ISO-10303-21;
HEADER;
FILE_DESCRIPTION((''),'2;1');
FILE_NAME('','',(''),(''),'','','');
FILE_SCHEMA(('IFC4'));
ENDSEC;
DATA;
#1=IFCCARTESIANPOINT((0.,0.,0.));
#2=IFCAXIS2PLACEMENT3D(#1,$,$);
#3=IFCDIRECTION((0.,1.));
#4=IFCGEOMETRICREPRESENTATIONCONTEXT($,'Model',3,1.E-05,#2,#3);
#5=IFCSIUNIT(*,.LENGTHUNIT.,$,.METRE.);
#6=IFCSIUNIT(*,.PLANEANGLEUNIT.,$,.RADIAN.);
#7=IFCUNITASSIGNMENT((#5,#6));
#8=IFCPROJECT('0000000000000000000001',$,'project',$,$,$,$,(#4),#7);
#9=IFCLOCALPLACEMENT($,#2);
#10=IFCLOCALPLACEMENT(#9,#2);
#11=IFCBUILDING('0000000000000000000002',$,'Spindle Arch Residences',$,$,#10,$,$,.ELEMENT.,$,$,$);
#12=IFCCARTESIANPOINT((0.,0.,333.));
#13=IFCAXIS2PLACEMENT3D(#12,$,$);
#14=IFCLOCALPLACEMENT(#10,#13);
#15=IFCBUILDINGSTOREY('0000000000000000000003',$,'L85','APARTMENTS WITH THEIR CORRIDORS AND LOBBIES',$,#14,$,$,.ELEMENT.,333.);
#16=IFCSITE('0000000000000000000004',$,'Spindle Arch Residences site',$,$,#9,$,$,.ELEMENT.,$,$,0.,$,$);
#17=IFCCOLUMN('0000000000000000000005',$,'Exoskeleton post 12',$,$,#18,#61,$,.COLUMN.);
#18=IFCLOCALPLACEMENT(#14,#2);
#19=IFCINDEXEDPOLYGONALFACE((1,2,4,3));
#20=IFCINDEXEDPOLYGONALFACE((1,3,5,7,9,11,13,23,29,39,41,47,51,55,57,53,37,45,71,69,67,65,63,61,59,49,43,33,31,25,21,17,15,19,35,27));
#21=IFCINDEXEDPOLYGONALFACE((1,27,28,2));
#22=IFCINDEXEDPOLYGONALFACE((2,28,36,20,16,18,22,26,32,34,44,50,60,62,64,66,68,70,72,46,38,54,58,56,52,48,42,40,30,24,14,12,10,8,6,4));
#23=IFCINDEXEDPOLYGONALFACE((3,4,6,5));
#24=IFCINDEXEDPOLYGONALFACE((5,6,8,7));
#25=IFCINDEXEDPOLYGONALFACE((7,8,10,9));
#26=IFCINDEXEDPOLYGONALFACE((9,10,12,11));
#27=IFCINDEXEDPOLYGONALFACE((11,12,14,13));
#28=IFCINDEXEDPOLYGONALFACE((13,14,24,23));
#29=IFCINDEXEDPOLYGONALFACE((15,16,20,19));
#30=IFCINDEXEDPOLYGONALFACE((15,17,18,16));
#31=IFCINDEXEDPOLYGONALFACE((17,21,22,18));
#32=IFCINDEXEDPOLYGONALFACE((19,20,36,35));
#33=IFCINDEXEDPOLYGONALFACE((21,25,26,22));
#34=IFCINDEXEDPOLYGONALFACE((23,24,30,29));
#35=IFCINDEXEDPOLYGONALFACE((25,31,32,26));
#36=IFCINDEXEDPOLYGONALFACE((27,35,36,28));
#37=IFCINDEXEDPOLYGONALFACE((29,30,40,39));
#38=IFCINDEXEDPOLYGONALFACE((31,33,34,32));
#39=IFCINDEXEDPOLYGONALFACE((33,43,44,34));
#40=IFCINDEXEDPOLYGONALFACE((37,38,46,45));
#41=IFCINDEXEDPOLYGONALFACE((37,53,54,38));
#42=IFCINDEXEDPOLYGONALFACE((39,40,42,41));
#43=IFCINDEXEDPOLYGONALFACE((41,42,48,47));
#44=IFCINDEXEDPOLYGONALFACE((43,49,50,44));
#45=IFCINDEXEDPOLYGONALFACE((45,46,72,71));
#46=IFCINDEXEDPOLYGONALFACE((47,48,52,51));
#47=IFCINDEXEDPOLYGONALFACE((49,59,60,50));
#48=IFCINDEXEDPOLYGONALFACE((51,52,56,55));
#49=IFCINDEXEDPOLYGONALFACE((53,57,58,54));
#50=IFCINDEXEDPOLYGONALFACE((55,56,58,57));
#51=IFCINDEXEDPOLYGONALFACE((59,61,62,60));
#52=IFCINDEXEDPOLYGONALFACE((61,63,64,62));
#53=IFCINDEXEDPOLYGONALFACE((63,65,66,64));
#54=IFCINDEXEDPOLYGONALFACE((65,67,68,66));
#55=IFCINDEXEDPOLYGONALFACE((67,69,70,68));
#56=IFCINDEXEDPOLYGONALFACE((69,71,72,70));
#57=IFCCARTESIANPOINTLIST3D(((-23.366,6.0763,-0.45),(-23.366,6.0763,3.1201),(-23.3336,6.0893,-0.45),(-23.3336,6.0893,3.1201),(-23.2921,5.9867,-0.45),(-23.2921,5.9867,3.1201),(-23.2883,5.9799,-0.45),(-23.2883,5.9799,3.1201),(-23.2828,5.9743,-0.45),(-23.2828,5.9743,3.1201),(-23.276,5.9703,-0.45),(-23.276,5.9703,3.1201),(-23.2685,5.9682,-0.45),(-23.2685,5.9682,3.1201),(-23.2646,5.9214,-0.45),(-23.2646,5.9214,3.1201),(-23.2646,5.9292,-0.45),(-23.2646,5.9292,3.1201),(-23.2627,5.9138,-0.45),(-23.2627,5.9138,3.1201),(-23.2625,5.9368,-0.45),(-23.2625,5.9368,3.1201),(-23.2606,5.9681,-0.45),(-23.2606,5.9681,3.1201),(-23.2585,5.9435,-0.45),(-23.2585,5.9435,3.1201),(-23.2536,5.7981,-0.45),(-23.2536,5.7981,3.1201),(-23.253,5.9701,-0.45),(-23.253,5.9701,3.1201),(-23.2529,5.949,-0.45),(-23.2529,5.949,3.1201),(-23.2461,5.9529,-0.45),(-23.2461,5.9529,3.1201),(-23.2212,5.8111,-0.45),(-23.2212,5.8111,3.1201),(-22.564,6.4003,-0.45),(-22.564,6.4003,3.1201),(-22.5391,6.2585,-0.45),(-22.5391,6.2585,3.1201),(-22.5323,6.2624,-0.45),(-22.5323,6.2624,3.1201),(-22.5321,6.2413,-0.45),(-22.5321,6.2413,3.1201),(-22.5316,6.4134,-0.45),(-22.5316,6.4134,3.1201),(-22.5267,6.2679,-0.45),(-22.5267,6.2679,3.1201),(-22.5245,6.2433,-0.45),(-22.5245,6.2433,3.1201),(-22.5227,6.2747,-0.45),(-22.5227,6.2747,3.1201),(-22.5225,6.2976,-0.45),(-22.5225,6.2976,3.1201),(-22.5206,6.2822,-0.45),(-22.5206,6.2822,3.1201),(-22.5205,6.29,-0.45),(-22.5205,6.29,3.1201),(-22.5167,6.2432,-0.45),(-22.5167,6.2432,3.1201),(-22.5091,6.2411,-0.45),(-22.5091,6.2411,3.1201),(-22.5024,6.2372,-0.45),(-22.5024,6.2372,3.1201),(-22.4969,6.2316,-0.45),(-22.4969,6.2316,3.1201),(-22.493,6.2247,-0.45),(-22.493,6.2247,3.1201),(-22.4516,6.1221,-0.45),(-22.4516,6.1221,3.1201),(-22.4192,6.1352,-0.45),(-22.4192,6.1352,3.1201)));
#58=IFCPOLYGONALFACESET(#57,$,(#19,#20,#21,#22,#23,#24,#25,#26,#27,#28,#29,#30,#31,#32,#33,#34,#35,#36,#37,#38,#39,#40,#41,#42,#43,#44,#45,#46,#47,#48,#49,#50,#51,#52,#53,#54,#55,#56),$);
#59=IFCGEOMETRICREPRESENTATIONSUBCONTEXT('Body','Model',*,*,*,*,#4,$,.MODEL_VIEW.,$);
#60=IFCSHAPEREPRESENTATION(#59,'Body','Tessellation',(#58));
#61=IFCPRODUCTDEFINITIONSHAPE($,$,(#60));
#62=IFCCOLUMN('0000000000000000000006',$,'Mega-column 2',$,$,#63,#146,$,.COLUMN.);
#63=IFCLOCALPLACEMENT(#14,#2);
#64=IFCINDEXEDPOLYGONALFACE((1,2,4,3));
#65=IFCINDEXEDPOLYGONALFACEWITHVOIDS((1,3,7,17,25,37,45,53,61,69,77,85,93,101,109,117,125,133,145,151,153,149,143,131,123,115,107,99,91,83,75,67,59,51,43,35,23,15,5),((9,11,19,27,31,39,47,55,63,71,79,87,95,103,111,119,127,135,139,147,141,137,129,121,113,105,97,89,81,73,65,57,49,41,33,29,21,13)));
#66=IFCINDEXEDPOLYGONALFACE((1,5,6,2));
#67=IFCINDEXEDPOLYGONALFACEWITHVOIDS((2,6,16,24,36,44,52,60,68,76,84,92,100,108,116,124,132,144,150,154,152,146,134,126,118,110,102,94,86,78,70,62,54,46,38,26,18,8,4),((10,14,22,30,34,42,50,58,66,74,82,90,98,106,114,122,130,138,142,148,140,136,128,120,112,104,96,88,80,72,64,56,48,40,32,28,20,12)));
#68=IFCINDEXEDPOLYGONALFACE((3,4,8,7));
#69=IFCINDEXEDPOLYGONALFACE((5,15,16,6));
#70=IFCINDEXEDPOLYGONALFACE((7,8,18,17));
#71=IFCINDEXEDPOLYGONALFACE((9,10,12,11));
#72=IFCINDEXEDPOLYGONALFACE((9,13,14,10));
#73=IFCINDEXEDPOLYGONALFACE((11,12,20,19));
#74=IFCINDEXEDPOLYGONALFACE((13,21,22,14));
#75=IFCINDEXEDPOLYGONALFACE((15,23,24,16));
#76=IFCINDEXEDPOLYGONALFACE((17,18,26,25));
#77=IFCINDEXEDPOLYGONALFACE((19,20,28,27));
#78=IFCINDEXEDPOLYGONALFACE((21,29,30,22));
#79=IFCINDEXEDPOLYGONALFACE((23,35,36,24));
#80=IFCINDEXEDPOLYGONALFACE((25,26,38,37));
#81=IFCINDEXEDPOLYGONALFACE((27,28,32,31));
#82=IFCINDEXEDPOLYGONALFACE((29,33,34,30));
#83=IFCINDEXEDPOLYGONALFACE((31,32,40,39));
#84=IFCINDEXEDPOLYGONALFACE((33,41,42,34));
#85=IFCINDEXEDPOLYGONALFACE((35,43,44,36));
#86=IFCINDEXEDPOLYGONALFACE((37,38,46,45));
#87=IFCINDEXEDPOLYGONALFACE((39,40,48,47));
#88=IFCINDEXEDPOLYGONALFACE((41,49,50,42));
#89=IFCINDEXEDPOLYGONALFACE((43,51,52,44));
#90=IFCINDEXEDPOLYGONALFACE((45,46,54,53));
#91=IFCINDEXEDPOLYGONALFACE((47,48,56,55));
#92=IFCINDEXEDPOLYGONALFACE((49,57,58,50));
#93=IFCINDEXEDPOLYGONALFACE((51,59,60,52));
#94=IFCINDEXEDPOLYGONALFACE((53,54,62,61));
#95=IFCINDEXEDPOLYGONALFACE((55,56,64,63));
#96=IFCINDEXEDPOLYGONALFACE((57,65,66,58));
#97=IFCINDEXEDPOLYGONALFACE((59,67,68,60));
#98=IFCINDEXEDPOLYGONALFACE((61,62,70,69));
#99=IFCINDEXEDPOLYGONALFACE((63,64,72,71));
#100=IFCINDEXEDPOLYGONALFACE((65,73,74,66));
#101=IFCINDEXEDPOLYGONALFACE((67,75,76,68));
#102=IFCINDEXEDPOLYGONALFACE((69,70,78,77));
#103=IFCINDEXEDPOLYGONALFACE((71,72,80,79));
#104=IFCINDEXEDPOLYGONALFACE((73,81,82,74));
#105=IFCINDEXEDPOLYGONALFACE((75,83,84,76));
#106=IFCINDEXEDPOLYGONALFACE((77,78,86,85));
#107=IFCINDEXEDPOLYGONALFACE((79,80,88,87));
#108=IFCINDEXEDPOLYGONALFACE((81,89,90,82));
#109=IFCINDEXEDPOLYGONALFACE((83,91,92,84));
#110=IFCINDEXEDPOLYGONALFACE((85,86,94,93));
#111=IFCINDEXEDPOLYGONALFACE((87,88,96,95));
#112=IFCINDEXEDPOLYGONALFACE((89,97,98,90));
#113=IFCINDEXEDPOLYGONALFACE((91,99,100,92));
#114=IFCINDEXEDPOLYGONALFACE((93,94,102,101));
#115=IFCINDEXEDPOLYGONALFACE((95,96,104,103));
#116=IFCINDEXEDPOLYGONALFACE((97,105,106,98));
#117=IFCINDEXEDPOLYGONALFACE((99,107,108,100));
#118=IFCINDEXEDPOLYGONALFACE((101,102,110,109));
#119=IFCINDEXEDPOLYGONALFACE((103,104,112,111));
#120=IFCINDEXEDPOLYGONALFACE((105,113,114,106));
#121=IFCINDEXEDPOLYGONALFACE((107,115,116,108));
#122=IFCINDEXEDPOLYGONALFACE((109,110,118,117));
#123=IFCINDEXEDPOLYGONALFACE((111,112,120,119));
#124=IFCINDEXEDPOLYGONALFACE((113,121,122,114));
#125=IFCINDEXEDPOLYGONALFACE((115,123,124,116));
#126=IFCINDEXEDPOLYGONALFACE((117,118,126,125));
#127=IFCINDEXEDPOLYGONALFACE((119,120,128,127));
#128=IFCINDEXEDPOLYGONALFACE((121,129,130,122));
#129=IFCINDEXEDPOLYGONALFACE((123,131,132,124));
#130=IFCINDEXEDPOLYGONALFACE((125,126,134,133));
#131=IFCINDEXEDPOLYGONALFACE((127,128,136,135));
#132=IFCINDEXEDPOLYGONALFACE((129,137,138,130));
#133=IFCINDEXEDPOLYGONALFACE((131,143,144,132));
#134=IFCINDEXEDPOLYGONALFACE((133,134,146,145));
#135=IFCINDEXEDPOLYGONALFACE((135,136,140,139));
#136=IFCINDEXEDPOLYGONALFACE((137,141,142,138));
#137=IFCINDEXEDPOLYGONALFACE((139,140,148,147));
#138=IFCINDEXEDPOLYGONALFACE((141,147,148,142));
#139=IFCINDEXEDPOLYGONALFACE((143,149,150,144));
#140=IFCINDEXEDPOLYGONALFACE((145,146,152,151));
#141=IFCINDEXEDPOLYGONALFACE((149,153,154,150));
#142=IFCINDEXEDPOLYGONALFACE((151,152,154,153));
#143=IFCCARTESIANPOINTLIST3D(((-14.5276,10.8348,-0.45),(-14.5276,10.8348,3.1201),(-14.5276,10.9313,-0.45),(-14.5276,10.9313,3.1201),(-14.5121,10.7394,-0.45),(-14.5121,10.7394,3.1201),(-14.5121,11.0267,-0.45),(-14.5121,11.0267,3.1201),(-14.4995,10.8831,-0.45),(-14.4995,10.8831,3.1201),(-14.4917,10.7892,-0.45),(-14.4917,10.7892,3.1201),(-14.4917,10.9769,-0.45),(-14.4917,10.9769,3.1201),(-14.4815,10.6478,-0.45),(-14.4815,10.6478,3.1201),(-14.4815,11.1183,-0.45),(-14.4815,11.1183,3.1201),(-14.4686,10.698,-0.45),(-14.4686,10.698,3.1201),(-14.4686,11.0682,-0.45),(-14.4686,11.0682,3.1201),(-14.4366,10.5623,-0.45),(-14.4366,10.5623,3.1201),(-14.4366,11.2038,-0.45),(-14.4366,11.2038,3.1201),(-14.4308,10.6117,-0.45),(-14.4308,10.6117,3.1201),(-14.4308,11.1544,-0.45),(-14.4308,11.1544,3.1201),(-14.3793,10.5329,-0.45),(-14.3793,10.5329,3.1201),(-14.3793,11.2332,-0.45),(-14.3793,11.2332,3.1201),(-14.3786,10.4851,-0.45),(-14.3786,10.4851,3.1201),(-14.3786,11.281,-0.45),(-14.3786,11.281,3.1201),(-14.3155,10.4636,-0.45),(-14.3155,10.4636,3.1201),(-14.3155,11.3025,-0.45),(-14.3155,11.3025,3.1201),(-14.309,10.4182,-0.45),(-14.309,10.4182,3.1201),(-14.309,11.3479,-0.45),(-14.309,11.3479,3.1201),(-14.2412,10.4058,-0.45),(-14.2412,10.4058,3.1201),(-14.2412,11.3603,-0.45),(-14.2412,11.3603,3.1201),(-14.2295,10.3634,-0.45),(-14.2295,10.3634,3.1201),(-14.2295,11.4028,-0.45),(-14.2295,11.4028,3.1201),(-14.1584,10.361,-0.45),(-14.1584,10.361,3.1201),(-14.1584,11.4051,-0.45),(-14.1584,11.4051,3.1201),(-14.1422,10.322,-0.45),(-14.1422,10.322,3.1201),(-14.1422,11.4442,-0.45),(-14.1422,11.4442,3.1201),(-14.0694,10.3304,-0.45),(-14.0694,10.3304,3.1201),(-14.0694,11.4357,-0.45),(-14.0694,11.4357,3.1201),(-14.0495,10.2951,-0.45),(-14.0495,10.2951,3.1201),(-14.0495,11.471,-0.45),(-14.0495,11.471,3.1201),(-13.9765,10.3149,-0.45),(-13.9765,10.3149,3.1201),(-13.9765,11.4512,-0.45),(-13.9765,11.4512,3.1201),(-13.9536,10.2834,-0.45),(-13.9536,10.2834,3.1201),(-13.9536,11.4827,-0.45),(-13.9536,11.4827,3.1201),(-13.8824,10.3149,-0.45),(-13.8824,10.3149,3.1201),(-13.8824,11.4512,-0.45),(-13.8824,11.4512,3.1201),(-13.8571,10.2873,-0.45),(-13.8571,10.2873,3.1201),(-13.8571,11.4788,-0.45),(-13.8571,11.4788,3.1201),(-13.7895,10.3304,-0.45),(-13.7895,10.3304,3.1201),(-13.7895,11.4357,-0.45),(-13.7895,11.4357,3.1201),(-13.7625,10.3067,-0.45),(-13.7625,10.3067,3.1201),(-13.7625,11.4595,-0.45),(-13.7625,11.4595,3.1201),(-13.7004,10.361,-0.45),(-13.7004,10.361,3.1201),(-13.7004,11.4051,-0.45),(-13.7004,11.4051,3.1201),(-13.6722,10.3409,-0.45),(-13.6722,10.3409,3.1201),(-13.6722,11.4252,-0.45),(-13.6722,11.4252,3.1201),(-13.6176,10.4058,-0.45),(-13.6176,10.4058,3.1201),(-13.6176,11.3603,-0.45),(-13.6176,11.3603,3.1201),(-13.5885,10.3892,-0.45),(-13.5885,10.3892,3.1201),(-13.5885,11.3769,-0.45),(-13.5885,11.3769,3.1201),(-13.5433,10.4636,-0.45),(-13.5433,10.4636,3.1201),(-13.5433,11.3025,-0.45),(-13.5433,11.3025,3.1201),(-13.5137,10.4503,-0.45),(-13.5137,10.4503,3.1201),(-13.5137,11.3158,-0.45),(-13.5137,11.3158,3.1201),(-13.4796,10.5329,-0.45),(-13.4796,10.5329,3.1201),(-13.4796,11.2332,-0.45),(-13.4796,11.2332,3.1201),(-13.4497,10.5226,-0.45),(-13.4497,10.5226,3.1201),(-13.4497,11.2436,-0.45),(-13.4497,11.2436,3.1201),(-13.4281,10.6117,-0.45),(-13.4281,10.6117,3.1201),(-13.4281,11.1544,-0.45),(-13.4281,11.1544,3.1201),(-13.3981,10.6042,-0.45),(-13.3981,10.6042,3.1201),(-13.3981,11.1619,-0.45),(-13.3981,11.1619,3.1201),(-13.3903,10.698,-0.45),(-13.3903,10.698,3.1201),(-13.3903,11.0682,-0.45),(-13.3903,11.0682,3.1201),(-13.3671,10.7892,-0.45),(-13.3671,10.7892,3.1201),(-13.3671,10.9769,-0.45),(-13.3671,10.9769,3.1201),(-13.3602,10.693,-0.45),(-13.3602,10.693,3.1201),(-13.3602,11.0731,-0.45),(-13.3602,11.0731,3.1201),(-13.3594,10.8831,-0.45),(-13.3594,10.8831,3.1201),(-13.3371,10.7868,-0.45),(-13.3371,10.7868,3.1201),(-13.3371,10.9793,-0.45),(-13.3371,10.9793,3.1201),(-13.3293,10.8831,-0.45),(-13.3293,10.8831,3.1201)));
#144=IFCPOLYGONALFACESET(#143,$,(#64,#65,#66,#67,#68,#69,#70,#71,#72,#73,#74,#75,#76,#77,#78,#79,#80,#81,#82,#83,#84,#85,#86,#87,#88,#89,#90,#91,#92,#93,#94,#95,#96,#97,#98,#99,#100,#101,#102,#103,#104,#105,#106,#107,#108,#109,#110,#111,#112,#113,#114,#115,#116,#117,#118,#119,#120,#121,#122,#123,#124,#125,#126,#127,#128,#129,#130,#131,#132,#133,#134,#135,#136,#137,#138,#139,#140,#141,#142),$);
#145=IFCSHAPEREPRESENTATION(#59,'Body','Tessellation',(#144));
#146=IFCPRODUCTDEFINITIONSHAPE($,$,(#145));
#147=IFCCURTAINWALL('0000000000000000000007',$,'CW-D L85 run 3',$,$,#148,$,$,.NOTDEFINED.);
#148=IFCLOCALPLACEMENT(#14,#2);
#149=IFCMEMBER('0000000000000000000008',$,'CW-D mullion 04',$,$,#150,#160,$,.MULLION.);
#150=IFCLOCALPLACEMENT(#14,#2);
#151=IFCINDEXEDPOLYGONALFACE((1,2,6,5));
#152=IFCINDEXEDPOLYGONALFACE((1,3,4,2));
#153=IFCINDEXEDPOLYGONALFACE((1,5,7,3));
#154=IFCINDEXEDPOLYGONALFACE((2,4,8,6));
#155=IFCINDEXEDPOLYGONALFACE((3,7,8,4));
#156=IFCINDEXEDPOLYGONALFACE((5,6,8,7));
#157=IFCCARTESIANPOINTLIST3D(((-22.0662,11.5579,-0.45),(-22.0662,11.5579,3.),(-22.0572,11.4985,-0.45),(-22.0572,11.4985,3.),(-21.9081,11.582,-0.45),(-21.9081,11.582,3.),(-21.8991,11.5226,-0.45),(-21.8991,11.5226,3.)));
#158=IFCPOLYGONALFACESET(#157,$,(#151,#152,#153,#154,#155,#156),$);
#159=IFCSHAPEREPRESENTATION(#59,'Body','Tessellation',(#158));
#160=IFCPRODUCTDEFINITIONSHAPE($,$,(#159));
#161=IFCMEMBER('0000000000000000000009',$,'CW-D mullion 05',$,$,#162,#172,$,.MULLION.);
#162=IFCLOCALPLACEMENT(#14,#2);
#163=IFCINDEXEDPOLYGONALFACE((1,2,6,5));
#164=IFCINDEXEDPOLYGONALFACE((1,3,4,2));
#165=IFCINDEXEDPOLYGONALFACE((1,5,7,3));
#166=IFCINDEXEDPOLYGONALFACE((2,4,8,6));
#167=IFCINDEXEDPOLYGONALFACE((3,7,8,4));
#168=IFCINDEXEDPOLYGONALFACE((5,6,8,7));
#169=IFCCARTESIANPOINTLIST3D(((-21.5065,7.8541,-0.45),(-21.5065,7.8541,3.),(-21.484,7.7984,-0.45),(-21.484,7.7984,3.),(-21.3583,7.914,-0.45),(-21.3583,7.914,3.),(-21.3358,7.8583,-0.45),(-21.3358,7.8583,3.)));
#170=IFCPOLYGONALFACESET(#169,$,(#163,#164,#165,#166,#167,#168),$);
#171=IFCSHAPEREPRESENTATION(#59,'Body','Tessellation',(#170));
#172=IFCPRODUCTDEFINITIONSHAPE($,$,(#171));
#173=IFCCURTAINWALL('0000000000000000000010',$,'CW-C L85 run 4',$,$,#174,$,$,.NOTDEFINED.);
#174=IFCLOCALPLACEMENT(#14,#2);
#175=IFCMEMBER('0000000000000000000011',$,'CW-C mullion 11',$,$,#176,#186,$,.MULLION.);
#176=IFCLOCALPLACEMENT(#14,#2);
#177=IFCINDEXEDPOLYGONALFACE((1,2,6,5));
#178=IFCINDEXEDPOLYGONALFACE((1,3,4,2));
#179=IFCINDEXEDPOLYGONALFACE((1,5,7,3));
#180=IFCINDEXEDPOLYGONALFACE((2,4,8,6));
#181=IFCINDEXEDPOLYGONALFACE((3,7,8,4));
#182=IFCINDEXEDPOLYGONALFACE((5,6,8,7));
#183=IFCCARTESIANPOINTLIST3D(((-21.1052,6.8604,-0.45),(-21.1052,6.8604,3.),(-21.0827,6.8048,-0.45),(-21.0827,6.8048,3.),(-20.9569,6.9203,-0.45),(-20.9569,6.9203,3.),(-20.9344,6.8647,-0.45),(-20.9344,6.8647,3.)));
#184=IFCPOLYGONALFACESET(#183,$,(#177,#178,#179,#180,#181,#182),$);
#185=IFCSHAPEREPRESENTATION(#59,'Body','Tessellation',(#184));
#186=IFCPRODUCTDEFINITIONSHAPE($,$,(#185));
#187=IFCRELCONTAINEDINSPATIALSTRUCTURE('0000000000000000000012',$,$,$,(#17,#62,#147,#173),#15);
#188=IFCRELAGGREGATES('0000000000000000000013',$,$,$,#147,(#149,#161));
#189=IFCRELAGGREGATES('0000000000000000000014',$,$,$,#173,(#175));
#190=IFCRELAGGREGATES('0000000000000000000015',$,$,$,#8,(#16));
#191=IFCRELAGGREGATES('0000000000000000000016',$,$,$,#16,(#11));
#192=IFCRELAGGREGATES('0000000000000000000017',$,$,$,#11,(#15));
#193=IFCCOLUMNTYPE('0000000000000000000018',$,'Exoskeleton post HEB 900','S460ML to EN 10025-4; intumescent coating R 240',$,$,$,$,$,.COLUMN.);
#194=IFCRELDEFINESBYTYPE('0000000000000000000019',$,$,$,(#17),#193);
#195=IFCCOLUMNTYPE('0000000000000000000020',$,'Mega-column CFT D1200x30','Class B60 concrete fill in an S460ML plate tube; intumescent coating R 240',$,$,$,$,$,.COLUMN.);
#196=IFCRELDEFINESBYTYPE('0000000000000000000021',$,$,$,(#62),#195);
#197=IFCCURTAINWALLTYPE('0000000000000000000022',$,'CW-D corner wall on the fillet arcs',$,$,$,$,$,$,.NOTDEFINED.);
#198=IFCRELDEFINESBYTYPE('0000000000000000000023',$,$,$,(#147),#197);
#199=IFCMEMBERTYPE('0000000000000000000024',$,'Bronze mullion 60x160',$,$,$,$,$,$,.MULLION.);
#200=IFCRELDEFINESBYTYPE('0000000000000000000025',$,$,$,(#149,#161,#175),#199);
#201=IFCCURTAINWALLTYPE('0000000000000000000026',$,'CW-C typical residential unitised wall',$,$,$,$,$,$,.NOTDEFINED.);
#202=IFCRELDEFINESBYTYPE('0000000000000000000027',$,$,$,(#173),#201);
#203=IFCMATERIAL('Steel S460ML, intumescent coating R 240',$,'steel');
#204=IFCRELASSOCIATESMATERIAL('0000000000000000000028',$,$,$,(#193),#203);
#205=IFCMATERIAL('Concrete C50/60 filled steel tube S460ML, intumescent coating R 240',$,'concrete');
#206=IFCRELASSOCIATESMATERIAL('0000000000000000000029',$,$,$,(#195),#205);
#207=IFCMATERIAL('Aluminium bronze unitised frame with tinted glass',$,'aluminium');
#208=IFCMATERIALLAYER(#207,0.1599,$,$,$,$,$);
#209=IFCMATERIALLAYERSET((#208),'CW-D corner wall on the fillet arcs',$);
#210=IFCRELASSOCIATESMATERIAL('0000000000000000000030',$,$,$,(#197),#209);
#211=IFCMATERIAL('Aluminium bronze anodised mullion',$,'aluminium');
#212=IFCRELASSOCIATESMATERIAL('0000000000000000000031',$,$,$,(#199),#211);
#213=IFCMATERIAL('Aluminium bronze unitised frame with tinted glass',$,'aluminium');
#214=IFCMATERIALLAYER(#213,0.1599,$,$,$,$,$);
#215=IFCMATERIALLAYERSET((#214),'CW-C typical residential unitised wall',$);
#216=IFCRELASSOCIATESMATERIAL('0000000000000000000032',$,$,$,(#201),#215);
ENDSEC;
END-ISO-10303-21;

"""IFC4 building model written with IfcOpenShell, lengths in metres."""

from ifc_helpers import new_model, si_unit, direction, frame, origin, origin_2d, place, context, subcontext, project, spatial, rectangle, hollow_circle, i_section, extrude, material, layer, layer_set, material_profile, profile_set, type_object, element, aggregate, save


model = new_model("IFC4")

# Units and contexts
model_context = context("Model", 3, precision=1e-05, world=origin(), true_north=direction((0.0, 1.0)))
body_context = subcontext(model_context, "Body", "Model", "MODEL_VIEW")
ifc_project = project(units=[si_unit("LENGTHUNIT", "METRE"), si_unit("PLANEANGLEUNIT", "RADIAN")], contexts=[model_context])

# Site, building, storey
site_placement = place(None, origin())
site = spatial("IfcSite", under=ifc_project, at=site_placement, Name="Spindle Arch Residences site", CompositionType="ELEMENT", RefElevation=0.0)
building_placement = place(site_placement, origin())
building = spatial("IfcBuilding", under=site, at=building_placement, Name="Spindle Arch Residences", CompositionType="ELEMENT")
storey_placement = place(building_placement, frame((0.0, 0.0, 333.0)))
storey = spatial("IfcBuildingStorey", under=building, at=storey_placement, Name="L85", Description="APARTMENTS WITH THEIR CORRIDORS AND LOBBIES", CompositionType="ELEMENT", Elevation=333.0)

# Columns
ifc_material_1 = material(Name="Steel S460ML, intumescent coating R 240", Category="steel")
ifc_material_profile_1 = material_profile(ifc_material_1, i_section(OverallWidth=0.3, OverallDepth=0.8999, WebThickness=0.0186, FlangeThickness=0.0349, FilletRadius=0.03, at=origin_2d()), Name="HEB 900")
ifc_profile_set_1 = profile_set([ifc_material_profile_1], Name="Steel S460ML, intumescent coating R 240")
column_type_1 = type_object("IfcColumnType", Name="Exoskeleton post HEB 900", Description="S460ML to EN 10025-4; intumescent coating R 240", PredefinedType="COLUMN", material=ifc_profile_set_1)
column_1_placement = place(storey_placement, frame((-22.8926, 6.1057, -0.45), z_axis=(0.0, 0.0, 1.0), x_axis=(-0.374607, 0.927184, 0.0)))
element("IfcColumn", 1, at=column_1_placement, inside=storey, type_object=column_type_1, Name="Exoskeleton post 12", PredefinedType="COLUMN", context=body_context, shape_type="SweptSolid", body=[
    extrude(i_section(OverallWidth=0.3, OverallDepth=0.8999, WebThickness=0.0186, FlangeThickness=0.0349, FilletRadius=0.03, at=origin_2d()), origin(), (0.0, 0.0, 1.0), 3.5701),
])
ifc_material_2 = material(Name="Concrete C50/60 filled steel tube S460ML, intumescent coating R 240", Category="concrete")
ifc_material_profile_2 = material_profile(ifc_material_2, hollow_circle(Radius=0.6001, WallThickness=0.03, at=origin_2d()), Name="CFT D1200x30")
ifc_profile_set_2 = profile_set([ifc_material_profile_2], Name="Concrete C50/60 filled steel tube S460ML, intumescent coating R 240")
column_type_2 = type_object("IfcColumnType", Name="Mega-column CFT D1200x30", Description="Class B60 concrete fill in an S460ML plate tube; intumescent coating R 240", PredefinedType="COLUMN", material=ifc_profile_set_2)
column_2_placement = place(storey_placement, frame((-13.9294, 10.8831, -0.45), z_axis=(0.0, 0.0, 1.0), x_axis=(1.0, 0.0, 0.0)))
element("IfcColumn", 2, at=column_2_placement, inside=storey, type_object=column_type_2, Name="Mega-column 2", PredefinedType="COLUMN", context=body_context, shape_type="SweptSolid", body=[
    extrude(hollow_circle(Radius=0.6001, WallThickness=0.03, at=origin_2d()), origin(), (0.0, 0.0, 1.0), 3.5701),
])

# Curtain wall, members
ifc_material_3 = material(Name="Aluminium bronze unitised frame with tinted glass", Category="aluminium")
ifc_layer_1 = layer(ifc_material_3, 0.1599)
ifc_layer_set_1 = layer_set([ifc_layer_1], Name="CW-D corner wall on the fillet arcs")
curtain_wall_type_1 = type_object("IfcCurtainWallType", Name="CW-D corner wall on the fillet arcs", PredefinedType="NOTDEFINED", material=ifc_layer_set_1)
curtain_wall_1_placement = place(storey_placement, origin())
curtain_wall_1 = element("IfcCurtainWall", 3, at=curtain_wall_1_placement, inside=storey, type_object=curtain_wall_type_1, Name="CW-D L85 run 3", PredefinedType="NOTDEFINED")
ifc_material_4 = material(Name="Aluminium bronze anodised mullion", Category="aluminium")
ifc_material_profile_3 = material_profile(ifc_material_4, rectangle(XDim=0.1599, YDim=0.0601, at=origin_2d()), Name="MU 60x160")
ifc_profile_set_3 = profile_set([ifc_material_profile_3], Name="Aluminium bronze anodised mullion")
member_type_1 = type_object("IfcMemberType", Name="Bronze mullion 60x160", PredefinedType="MULLION", material=ifc_profile_set_3)
member_1_placement = place(storey_placement, frame((-21.9827, 11.5403, -0.45), z_axis=(0.0, 0.0, 1.0), x_axis=(0.988582, 0.150686, 0.0)))
member_1 = element("IfcMember", 4, at=member_1_placement, type_object=member_type_1, Name="CW-D mullion 04", PredefinedType="MULLION", context=body_context, shape_type="SweptSolid", body=[
    extrude(rectangle(XDim=0.1599, YDim=0.0601, at=origin_2d()), origin(), (0.0, 0.0, 1.0), 3.45),
])
member_2_placement = place(storey_placement, frame((-21.4211, 7.8562, -0.45), z_axis=(0.0, 0.0, 1.0), x_axis=(0.927184, 0.374607, 0.0)))
member_2 = element("IfcMember", 5, at=member_2_placement, type_object=member_type_1, Name="CW-D mullion 05", PredefinedType="MULLION", context=body_context, shape_type="SweptSolid", body=[
    extrude(rectangle(XDim=0.1599, YDim=0.0601, at=origin_2d()), origin(), (0.0, 0.0, 1.0), 3.45),
])

# Curtain wall, member
ifc_material_5 = material(Name="Aluminium bronze unitised frame with tinted glass", Category="aluminium")
ifc_layer_2 = layer(ifc_material_5, 0.1599)
ifc_layer_set_2 = layer_set([ifc_layer_2], Name="CW-C typical residential unitised wall")
curtain_wall_type_2 = type_object("IfcCurtainWallType", Name="CW-C typical residential unitised wall", PredefinedType="NOTDEFINED", material=ifc_layer_set_2)
curtain_wall_2_placement = place(storey_placement, origin())
curtain_wall_2 = element("IfcCurtainWall", 6, at=curtain_wall_2_placement, inside=storey, type_object=curtain_wall_type_2, Name="CW-C L85 run 4", PredefinedType="NOTDEFINED")
member_3_placement = place(storey_placement, frame((-21.0198, 6.8625, -0.45), z_axis=(0.0, 0.0, 1.0), x_axis=(0.927184, 0.374607, 0.0)))
member_3 = element("IfcMember", 7, at=member_3_placement, type_object=member_type_1, Name="CW-C mullion 11", PredefinedType="MULLION", context=body_context, shape_type="SweptSolid", body=[
    extrude(rectangle(XDim=0.1599, YDim=0.0601, at=origin_2d()), origin(), (0.0, 0.0, 1.0), 3.45),
])

aggregate(curtain_wall_1, [member_1, member_2])
aggregate(curtain_wall_2, [member_3])

save(model, "model.ifc")
